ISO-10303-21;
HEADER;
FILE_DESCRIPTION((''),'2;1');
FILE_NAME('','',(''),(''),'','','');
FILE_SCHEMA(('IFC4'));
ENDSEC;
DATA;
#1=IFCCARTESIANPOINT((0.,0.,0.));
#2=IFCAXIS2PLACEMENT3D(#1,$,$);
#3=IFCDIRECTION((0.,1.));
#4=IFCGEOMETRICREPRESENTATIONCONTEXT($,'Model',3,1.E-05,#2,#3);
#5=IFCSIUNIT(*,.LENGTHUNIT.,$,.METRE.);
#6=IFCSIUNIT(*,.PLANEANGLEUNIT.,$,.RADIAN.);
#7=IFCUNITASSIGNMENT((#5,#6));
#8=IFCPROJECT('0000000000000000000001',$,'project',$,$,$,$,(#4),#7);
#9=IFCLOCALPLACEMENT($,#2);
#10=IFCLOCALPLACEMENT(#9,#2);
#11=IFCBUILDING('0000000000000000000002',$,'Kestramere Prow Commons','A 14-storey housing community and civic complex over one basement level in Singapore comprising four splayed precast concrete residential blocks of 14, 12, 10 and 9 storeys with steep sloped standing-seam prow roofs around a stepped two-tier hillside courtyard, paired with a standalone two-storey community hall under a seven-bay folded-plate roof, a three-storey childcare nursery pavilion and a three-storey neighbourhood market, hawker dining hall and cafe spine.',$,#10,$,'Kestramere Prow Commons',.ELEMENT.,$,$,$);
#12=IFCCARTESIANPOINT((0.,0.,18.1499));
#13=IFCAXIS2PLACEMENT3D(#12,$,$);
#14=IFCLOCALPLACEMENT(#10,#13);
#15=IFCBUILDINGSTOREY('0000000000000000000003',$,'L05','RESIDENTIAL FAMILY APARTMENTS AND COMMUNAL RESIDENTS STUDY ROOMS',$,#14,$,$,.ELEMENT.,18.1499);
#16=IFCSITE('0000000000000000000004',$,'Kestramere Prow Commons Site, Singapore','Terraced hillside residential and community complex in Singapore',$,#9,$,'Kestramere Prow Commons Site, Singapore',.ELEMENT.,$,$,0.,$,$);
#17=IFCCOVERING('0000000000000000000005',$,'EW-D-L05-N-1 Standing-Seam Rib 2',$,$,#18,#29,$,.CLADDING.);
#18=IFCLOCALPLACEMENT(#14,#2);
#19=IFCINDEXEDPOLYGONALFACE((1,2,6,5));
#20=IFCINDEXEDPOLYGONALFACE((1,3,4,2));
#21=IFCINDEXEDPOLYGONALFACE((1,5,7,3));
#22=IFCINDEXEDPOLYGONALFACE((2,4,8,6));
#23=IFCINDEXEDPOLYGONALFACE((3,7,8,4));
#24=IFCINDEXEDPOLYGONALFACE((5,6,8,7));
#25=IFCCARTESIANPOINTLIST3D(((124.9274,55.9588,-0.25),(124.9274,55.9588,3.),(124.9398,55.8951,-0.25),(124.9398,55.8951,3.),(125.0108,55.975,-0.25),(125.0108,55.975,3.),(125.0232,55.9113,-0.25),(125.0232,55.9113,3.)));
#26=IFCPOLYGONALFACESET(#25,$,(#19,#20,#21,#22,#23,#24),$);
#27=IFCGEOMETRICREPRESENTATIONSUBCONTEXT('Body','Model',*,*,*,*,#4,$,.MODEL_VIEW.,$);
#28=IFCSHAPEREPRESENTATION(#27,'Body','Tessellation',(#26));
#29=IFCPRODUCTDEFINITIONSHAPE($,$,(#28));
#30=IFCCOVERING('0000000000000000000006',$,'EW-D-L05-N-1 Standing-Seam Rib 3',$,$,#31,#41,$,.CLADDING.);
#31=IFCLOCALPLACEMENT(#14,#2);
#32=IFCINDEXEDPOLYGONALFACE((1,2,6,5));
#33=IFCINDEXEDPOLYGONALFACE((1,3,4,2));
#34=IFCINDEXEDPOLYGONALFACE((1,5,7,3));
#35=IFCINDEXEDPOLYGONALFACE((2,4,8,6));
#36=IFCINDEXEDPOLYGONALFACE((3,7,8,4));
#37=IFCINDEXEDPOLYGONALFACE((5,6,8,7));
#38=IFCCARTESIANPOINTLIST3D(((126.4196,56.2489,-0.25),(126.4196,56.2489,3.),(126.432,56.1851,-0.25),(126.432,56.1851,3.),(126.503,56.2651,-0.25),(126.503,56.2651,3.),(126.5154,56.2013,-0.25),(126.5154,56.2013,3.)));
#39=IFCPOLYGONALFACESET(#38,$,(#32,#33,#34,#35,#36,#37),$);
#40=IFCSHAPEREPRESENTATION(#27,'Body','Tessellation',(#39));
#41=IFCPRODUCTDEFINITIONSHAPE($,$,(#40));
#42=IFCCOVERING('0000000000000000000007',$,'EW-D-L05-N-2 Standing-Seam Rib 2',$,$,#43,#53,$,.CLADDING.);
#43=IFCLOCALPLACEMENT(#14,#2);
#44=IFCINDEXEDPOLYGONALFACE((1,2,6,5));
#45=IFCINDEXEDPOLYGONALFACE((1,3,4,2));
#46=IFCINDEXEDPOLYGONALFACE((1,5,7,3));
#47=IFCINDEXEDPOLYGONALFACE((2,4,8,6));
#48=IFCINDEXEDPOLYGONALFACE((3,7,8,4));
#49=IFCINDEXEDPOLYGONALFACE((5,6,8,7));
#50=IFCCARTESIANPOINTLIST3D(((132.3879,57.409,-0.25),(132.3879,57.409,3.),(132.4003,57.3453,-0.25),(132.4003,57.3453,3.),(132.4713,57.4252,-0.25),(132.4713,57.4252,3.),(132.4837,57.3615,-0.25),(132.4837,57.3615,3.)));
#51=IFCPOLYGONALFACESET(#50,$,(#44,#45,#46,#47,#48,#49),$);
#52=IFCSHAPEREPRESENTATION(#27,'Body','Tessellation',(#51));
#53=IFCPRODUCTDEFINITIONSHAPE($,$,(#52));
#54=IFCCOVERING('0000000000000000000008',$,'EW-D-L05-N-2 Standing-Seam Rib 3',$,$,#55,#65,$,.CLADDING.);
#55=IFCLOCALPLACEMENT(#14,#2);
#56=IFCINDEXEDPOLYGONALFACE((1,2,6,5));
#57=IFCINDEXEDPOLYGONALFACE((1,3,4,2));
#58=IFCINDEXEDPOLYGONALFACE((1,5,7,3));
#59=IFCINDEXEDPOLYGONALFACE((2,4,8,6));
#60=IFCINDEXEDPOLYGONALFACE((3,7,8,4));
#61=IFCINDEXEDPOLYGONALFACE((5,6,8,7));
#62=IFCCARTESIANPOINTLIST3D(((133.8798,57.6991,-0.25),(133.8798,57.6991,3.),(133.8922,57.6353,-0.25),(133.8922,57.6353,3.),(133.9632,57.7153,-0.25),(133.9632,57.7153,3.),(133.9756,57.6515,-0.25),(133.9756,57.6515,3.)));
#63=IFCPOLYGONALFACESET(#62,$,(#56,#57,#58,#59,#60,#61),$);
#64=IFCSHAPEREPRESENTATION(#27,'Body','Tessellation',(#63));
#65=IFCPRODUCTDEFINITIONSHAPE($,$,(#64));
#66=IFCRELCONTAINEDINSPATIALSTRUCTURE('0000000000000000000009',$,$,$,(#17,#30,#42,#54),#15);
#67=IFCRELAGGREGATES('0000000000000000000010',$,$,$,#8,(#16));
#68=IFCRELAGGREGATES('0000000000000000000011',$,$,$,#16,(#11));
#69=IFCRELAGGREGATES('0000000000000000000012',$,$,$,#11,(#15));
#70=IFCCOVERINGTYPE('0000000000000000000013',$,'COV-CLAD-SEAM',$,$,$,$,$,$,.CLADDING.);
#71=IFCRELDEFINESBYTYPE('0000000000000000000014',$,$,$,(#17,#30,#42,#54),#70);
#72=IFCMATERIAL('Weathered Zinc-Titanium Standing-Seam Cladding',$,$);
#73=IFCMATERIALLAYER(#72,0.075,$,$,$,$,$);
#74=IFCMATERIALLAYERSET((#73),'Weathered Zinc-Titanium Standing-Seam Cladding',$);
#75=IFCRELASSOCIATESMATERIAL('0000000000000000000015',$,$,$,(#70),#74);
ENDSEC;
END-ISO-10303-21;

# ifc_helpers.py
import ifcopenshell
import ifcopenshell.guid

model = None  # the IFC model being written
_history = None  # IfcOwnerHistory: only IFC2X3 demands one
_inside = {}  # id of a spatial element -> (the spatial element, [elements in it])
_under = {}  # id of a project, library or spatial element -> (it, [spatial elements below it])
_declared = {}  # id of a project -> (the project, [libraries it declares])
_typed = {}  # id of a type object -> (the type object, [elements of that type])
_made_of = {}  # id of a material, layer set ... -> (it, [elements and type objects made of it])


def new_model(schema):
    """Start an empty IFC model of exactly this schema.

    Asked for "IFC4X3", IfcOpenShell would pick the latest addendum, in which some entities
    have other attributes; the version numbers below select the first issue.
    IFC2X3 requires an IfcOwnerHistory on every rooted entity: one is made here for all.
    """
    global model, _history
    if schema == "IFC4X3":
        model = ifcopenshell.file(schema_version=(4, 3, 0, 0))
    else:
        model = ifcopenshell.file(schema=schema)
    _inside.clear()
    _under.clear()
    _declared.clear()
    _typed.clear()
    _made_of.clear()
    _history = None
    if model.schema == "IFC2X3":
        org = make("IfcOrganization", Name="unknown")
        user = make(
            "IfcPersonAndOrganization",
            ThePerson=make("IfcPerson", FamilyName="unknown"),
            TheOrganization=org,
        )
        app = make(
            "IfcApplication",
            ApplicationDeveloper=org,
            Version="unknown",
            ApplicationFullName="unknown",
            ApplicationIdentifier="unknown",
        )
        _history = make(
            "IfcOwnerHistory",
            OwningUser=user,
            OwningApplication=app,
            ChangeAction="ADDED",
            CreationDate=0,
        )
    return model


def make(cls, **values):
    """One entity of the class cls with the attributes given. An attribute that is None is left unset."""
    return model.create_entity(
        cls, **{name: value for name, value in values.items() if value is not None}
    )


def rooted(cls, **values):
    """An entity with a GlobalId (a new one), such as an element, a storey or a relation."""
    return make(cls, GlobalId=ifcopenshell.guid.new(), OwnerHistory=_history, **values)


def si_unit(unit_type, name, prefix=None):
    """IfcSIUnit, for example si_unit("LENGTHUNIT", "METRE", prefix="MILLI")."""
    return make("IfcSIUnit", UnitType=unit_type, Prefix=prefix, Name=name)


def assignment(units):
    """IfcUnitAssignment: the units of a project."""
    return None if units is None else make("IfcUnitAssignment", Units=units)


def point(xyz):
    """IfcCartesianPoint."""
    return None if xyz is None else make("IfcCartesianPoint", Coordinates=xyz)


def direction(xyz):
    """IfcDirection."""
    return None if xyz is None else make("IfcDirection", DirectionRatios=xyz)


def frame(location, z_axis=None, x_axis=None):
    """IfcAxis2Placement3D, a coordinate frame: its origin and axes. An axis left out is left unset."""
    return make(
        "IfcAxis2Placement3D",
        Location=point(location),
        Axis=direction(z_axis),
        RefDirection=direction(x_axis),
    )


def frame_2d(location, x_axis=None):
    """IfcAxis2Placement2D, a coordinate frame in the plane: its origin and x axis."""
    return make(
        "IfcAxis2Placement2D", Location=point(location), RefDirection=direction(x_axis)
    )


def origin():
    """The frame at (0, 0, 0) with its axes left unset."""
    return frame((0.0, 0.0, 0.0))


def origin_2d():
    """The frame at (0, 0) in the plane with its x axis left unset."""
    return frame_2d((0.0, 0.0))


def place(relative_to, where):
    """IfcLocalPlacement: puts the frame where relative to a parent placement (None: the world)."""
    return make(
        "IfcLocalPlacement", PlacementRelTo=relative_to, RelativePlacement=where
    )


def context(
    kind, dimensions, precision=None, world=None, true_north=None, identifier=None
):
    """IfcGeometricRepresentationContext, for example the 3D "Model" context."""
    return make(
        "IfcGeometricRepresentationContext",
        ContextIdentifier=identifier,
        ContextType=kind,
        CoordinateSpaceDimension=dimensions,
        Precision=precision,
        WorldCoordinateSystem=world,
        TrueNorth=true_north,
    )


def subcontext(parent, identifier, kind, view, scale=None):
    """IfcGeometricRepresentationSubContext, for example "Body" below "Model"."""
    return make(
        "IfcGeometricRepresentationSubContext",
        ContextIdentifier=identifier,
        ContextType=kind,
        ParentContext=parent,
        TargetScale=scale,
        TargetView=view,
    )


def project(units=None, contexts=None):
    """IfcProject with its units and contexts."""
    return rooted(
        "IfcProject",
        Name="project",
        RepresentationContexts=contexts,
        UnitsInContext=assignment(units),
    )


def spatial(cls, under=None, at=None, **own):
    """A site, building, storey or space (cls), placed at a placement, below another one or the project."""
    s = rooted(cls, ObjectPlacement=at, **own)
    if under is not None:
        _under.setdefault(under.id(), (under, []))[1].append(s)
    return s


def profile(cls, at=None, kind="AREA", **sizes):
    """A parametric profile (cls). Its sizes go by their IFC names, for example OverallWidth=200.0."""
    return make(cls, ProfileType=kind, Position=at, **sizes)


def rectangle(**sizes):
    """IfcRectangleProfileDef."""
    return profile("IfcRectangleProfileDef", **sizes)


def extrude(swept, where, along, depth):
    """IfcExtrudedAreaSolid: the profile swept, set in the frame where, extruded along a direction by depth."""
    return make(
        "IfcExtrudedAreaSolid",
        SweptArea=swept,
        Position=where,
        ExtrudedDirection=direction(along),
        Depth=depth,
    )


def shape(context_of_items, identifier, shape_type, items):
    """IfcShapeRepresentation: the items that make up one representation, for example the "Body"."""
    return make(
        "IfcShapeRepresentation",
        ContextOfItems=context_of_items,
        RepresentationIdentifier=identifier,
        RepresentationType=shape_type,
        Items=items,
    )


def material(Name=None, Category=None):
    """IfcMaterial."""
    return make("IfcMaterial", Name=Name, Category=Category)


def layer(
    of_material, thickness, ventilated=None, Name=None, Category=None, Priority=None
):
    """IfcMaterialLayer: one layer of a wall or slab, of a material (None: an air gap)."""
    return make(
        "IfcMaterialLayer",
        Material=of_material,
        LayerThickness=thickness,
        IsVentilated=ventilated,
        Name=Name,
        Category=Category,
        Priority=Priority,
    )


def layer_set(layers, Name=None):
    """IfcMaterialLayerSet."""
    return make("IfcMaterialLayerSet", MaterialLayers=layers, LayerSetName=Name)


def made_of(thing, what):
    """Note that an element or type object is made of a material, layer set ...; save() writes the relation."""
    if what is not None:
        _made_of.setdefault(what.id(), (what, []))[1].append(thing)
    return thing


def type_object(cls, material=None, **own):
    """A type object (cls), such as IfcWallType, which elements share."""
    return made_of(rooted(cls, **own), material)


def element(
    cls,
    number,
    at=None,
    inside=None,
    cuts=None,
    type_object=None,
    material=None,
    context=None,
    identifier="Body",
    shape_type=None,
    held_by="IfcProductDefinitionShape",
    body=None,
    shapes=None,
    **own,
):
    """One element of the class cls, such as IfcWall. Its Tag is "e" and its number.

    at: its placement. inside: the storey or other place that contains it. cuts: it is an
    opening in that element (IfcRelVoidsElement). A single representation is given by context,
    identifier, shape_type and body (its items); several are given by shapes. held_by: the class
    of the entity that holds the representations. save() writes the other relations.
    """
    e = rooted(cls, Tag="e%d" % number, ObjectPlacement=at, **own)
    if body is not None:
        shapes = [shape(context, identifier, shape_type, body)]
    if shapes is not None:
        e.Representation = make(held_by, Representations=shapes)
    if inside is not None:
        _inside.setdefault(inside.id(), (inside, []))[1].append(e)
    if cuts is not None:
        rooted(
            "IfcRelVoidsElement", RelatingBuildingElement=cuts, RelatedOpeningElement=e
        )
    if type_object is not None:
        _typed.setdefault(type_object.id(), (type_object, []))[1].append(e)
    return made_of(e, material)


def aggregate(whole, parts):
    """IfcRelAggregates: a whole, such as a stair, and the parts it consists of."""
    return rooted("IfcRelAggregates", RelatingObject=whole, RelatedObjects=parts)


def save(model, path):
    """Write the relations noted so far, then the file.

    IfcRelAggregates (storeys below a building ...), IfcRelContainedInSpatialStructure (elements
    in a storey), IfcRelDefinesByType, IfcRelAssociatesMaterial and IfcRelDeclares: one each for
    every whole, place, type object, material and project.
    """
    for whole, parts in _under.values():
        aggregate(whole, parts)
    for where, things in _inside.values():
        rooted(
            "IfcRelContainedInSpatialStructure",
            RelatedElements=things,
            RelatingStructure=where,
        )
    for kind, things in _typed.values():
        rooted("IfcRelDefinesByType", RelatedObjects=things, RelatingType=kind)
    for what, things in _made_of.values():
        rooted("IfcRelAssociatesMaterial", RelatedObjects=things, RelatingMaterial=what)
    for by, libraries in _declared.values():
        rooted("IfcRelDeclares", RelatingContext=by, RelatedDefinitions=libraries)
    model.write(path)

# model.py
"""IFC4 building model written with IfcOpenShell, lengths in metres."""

from ifc_helpers import new_model, si_unit, direction, frame, origin, origin_2d, place, context, subcontext, project, spatial, rectangle, extrude, material, layer, layer_set, type_object, element, save


model = new_model("IFC4")

# Units and contexts
model_context = context("Model", 3, precision=1e-05, world=origin(), true_north=direction((0.0, 1.0)))
body_context = subcontext(model_context, "Body", "Model", "MODEL_VIEW")
ifc_project = project(units=[si_unit("LENGTHUNIT", "METRE"), si_unit("PLANEANGLEUNIT", "RADIAN")], contexts=[model_context])

# Site, building, storey
site_placement = place(None, origin())
site = spatial("IfcSite", under=ifc_project, at=site_placement, Name="Kestramere Prow Commons Site, Singapore", Description="Terraced hillside residential and community complex in Singapore", LongName="Kestramere Prow Commons Site, Singapore", CompositionType="ELEMENT", RefElevation=0.0)
building_placement = place(site_placement, origin())
building = spatial("IfcBuilding", under=site, at=building_placement, Name="Kestramere Prow Commons", Description="A 14-storey housing community and civic complex over one basement level in Singapore comprising four splayed precast concrete residential blocks of 14, 12, 10 and 9 storeys with steep sloped standing-seam prow roofs around a stepped two-tier hillside courtyard, paired with a standalone two-storey community hall under a seven-bay folded-plate roof, a three-storey childcare nursery pavilion and a three-storey neighbourhood market, hawker dining hall and cafe spine.", LongName="Kestramere Prow Commons", CompositionType="ELEMENT")
storey_placement = place(building_placement, frame((0.0, 0.0, 18.1499)))
storey = spatial("IfcBuildingStorey", under=building, at=storey_placement, Name="L05", Description="RESIDENTIAL FAMILY APARTMENTS AND COMMUNAL RESIDENTS STUDY ROOMS", CompositionType="ELEMENT", Elevation=18.1499)

# Coverings
ifc_material_1 = material(Name="Weathered Zinc-Titanium Standing-Seam Cladding")
ifc_layer_1 = layer(ifc_material_1, 0.075)
ifc_layer_set_1 = layer_set([ifc_layer_1], Name="Weathered Zinc-Titanium Standing-Seam Cladding")
covering_type = type_object("IfcCoveringType", Name="COV-CLAD-SEAM", PredefinedType="CLADDING", material=ifc_layer_set_1)
for number, where, z_axis, x_axis, name in (
    (1, (124.9753, 55.9351, -0.25), (0.0, 0.0, 1.0), (0.981627, 0.190809, 0.0), "EW-D-L05-N-1 Standing-Seam Rib 2"),
    (2, (126.4675, 56.2251, -0.25), (0.0, 0.0, 1.0), (0.981627, 0.190809, 0.0), "EW-D-L05-N-1 Standing-Seam Rib 3"),
    (3, (132.4358, 57.3853, -0.25), (0.0, 0.0, 1.0), (0.981627, 0.190809, 0.0), "EW-D-L05-N-2 Standing-Seam Rib 2"),
    (4, (133.9277, 57.6753, -0.25), (0.0, 0.0, 1.0), (0.981627, 0.190809, 0.0), "EW-D-L05-N-2 Standing-Seam Rib 3"),
):
    element("IfcCovering", number, at=place(storey_placement, frame(where, z_axis=z_axis, x_axis=x_axis)), inside=storey, type_object=covering_type, Name=name, PredefinedType="CLADDING", context=body_context, shape_type="SweptSolid", body=[
        extrude(rectangle(XDim=0.085, YDim=0.0649, at=origin_2d()), origin(), (0.0, 0.0, 1.0), 3.25),
    ])

save(model, "model.ifc")
